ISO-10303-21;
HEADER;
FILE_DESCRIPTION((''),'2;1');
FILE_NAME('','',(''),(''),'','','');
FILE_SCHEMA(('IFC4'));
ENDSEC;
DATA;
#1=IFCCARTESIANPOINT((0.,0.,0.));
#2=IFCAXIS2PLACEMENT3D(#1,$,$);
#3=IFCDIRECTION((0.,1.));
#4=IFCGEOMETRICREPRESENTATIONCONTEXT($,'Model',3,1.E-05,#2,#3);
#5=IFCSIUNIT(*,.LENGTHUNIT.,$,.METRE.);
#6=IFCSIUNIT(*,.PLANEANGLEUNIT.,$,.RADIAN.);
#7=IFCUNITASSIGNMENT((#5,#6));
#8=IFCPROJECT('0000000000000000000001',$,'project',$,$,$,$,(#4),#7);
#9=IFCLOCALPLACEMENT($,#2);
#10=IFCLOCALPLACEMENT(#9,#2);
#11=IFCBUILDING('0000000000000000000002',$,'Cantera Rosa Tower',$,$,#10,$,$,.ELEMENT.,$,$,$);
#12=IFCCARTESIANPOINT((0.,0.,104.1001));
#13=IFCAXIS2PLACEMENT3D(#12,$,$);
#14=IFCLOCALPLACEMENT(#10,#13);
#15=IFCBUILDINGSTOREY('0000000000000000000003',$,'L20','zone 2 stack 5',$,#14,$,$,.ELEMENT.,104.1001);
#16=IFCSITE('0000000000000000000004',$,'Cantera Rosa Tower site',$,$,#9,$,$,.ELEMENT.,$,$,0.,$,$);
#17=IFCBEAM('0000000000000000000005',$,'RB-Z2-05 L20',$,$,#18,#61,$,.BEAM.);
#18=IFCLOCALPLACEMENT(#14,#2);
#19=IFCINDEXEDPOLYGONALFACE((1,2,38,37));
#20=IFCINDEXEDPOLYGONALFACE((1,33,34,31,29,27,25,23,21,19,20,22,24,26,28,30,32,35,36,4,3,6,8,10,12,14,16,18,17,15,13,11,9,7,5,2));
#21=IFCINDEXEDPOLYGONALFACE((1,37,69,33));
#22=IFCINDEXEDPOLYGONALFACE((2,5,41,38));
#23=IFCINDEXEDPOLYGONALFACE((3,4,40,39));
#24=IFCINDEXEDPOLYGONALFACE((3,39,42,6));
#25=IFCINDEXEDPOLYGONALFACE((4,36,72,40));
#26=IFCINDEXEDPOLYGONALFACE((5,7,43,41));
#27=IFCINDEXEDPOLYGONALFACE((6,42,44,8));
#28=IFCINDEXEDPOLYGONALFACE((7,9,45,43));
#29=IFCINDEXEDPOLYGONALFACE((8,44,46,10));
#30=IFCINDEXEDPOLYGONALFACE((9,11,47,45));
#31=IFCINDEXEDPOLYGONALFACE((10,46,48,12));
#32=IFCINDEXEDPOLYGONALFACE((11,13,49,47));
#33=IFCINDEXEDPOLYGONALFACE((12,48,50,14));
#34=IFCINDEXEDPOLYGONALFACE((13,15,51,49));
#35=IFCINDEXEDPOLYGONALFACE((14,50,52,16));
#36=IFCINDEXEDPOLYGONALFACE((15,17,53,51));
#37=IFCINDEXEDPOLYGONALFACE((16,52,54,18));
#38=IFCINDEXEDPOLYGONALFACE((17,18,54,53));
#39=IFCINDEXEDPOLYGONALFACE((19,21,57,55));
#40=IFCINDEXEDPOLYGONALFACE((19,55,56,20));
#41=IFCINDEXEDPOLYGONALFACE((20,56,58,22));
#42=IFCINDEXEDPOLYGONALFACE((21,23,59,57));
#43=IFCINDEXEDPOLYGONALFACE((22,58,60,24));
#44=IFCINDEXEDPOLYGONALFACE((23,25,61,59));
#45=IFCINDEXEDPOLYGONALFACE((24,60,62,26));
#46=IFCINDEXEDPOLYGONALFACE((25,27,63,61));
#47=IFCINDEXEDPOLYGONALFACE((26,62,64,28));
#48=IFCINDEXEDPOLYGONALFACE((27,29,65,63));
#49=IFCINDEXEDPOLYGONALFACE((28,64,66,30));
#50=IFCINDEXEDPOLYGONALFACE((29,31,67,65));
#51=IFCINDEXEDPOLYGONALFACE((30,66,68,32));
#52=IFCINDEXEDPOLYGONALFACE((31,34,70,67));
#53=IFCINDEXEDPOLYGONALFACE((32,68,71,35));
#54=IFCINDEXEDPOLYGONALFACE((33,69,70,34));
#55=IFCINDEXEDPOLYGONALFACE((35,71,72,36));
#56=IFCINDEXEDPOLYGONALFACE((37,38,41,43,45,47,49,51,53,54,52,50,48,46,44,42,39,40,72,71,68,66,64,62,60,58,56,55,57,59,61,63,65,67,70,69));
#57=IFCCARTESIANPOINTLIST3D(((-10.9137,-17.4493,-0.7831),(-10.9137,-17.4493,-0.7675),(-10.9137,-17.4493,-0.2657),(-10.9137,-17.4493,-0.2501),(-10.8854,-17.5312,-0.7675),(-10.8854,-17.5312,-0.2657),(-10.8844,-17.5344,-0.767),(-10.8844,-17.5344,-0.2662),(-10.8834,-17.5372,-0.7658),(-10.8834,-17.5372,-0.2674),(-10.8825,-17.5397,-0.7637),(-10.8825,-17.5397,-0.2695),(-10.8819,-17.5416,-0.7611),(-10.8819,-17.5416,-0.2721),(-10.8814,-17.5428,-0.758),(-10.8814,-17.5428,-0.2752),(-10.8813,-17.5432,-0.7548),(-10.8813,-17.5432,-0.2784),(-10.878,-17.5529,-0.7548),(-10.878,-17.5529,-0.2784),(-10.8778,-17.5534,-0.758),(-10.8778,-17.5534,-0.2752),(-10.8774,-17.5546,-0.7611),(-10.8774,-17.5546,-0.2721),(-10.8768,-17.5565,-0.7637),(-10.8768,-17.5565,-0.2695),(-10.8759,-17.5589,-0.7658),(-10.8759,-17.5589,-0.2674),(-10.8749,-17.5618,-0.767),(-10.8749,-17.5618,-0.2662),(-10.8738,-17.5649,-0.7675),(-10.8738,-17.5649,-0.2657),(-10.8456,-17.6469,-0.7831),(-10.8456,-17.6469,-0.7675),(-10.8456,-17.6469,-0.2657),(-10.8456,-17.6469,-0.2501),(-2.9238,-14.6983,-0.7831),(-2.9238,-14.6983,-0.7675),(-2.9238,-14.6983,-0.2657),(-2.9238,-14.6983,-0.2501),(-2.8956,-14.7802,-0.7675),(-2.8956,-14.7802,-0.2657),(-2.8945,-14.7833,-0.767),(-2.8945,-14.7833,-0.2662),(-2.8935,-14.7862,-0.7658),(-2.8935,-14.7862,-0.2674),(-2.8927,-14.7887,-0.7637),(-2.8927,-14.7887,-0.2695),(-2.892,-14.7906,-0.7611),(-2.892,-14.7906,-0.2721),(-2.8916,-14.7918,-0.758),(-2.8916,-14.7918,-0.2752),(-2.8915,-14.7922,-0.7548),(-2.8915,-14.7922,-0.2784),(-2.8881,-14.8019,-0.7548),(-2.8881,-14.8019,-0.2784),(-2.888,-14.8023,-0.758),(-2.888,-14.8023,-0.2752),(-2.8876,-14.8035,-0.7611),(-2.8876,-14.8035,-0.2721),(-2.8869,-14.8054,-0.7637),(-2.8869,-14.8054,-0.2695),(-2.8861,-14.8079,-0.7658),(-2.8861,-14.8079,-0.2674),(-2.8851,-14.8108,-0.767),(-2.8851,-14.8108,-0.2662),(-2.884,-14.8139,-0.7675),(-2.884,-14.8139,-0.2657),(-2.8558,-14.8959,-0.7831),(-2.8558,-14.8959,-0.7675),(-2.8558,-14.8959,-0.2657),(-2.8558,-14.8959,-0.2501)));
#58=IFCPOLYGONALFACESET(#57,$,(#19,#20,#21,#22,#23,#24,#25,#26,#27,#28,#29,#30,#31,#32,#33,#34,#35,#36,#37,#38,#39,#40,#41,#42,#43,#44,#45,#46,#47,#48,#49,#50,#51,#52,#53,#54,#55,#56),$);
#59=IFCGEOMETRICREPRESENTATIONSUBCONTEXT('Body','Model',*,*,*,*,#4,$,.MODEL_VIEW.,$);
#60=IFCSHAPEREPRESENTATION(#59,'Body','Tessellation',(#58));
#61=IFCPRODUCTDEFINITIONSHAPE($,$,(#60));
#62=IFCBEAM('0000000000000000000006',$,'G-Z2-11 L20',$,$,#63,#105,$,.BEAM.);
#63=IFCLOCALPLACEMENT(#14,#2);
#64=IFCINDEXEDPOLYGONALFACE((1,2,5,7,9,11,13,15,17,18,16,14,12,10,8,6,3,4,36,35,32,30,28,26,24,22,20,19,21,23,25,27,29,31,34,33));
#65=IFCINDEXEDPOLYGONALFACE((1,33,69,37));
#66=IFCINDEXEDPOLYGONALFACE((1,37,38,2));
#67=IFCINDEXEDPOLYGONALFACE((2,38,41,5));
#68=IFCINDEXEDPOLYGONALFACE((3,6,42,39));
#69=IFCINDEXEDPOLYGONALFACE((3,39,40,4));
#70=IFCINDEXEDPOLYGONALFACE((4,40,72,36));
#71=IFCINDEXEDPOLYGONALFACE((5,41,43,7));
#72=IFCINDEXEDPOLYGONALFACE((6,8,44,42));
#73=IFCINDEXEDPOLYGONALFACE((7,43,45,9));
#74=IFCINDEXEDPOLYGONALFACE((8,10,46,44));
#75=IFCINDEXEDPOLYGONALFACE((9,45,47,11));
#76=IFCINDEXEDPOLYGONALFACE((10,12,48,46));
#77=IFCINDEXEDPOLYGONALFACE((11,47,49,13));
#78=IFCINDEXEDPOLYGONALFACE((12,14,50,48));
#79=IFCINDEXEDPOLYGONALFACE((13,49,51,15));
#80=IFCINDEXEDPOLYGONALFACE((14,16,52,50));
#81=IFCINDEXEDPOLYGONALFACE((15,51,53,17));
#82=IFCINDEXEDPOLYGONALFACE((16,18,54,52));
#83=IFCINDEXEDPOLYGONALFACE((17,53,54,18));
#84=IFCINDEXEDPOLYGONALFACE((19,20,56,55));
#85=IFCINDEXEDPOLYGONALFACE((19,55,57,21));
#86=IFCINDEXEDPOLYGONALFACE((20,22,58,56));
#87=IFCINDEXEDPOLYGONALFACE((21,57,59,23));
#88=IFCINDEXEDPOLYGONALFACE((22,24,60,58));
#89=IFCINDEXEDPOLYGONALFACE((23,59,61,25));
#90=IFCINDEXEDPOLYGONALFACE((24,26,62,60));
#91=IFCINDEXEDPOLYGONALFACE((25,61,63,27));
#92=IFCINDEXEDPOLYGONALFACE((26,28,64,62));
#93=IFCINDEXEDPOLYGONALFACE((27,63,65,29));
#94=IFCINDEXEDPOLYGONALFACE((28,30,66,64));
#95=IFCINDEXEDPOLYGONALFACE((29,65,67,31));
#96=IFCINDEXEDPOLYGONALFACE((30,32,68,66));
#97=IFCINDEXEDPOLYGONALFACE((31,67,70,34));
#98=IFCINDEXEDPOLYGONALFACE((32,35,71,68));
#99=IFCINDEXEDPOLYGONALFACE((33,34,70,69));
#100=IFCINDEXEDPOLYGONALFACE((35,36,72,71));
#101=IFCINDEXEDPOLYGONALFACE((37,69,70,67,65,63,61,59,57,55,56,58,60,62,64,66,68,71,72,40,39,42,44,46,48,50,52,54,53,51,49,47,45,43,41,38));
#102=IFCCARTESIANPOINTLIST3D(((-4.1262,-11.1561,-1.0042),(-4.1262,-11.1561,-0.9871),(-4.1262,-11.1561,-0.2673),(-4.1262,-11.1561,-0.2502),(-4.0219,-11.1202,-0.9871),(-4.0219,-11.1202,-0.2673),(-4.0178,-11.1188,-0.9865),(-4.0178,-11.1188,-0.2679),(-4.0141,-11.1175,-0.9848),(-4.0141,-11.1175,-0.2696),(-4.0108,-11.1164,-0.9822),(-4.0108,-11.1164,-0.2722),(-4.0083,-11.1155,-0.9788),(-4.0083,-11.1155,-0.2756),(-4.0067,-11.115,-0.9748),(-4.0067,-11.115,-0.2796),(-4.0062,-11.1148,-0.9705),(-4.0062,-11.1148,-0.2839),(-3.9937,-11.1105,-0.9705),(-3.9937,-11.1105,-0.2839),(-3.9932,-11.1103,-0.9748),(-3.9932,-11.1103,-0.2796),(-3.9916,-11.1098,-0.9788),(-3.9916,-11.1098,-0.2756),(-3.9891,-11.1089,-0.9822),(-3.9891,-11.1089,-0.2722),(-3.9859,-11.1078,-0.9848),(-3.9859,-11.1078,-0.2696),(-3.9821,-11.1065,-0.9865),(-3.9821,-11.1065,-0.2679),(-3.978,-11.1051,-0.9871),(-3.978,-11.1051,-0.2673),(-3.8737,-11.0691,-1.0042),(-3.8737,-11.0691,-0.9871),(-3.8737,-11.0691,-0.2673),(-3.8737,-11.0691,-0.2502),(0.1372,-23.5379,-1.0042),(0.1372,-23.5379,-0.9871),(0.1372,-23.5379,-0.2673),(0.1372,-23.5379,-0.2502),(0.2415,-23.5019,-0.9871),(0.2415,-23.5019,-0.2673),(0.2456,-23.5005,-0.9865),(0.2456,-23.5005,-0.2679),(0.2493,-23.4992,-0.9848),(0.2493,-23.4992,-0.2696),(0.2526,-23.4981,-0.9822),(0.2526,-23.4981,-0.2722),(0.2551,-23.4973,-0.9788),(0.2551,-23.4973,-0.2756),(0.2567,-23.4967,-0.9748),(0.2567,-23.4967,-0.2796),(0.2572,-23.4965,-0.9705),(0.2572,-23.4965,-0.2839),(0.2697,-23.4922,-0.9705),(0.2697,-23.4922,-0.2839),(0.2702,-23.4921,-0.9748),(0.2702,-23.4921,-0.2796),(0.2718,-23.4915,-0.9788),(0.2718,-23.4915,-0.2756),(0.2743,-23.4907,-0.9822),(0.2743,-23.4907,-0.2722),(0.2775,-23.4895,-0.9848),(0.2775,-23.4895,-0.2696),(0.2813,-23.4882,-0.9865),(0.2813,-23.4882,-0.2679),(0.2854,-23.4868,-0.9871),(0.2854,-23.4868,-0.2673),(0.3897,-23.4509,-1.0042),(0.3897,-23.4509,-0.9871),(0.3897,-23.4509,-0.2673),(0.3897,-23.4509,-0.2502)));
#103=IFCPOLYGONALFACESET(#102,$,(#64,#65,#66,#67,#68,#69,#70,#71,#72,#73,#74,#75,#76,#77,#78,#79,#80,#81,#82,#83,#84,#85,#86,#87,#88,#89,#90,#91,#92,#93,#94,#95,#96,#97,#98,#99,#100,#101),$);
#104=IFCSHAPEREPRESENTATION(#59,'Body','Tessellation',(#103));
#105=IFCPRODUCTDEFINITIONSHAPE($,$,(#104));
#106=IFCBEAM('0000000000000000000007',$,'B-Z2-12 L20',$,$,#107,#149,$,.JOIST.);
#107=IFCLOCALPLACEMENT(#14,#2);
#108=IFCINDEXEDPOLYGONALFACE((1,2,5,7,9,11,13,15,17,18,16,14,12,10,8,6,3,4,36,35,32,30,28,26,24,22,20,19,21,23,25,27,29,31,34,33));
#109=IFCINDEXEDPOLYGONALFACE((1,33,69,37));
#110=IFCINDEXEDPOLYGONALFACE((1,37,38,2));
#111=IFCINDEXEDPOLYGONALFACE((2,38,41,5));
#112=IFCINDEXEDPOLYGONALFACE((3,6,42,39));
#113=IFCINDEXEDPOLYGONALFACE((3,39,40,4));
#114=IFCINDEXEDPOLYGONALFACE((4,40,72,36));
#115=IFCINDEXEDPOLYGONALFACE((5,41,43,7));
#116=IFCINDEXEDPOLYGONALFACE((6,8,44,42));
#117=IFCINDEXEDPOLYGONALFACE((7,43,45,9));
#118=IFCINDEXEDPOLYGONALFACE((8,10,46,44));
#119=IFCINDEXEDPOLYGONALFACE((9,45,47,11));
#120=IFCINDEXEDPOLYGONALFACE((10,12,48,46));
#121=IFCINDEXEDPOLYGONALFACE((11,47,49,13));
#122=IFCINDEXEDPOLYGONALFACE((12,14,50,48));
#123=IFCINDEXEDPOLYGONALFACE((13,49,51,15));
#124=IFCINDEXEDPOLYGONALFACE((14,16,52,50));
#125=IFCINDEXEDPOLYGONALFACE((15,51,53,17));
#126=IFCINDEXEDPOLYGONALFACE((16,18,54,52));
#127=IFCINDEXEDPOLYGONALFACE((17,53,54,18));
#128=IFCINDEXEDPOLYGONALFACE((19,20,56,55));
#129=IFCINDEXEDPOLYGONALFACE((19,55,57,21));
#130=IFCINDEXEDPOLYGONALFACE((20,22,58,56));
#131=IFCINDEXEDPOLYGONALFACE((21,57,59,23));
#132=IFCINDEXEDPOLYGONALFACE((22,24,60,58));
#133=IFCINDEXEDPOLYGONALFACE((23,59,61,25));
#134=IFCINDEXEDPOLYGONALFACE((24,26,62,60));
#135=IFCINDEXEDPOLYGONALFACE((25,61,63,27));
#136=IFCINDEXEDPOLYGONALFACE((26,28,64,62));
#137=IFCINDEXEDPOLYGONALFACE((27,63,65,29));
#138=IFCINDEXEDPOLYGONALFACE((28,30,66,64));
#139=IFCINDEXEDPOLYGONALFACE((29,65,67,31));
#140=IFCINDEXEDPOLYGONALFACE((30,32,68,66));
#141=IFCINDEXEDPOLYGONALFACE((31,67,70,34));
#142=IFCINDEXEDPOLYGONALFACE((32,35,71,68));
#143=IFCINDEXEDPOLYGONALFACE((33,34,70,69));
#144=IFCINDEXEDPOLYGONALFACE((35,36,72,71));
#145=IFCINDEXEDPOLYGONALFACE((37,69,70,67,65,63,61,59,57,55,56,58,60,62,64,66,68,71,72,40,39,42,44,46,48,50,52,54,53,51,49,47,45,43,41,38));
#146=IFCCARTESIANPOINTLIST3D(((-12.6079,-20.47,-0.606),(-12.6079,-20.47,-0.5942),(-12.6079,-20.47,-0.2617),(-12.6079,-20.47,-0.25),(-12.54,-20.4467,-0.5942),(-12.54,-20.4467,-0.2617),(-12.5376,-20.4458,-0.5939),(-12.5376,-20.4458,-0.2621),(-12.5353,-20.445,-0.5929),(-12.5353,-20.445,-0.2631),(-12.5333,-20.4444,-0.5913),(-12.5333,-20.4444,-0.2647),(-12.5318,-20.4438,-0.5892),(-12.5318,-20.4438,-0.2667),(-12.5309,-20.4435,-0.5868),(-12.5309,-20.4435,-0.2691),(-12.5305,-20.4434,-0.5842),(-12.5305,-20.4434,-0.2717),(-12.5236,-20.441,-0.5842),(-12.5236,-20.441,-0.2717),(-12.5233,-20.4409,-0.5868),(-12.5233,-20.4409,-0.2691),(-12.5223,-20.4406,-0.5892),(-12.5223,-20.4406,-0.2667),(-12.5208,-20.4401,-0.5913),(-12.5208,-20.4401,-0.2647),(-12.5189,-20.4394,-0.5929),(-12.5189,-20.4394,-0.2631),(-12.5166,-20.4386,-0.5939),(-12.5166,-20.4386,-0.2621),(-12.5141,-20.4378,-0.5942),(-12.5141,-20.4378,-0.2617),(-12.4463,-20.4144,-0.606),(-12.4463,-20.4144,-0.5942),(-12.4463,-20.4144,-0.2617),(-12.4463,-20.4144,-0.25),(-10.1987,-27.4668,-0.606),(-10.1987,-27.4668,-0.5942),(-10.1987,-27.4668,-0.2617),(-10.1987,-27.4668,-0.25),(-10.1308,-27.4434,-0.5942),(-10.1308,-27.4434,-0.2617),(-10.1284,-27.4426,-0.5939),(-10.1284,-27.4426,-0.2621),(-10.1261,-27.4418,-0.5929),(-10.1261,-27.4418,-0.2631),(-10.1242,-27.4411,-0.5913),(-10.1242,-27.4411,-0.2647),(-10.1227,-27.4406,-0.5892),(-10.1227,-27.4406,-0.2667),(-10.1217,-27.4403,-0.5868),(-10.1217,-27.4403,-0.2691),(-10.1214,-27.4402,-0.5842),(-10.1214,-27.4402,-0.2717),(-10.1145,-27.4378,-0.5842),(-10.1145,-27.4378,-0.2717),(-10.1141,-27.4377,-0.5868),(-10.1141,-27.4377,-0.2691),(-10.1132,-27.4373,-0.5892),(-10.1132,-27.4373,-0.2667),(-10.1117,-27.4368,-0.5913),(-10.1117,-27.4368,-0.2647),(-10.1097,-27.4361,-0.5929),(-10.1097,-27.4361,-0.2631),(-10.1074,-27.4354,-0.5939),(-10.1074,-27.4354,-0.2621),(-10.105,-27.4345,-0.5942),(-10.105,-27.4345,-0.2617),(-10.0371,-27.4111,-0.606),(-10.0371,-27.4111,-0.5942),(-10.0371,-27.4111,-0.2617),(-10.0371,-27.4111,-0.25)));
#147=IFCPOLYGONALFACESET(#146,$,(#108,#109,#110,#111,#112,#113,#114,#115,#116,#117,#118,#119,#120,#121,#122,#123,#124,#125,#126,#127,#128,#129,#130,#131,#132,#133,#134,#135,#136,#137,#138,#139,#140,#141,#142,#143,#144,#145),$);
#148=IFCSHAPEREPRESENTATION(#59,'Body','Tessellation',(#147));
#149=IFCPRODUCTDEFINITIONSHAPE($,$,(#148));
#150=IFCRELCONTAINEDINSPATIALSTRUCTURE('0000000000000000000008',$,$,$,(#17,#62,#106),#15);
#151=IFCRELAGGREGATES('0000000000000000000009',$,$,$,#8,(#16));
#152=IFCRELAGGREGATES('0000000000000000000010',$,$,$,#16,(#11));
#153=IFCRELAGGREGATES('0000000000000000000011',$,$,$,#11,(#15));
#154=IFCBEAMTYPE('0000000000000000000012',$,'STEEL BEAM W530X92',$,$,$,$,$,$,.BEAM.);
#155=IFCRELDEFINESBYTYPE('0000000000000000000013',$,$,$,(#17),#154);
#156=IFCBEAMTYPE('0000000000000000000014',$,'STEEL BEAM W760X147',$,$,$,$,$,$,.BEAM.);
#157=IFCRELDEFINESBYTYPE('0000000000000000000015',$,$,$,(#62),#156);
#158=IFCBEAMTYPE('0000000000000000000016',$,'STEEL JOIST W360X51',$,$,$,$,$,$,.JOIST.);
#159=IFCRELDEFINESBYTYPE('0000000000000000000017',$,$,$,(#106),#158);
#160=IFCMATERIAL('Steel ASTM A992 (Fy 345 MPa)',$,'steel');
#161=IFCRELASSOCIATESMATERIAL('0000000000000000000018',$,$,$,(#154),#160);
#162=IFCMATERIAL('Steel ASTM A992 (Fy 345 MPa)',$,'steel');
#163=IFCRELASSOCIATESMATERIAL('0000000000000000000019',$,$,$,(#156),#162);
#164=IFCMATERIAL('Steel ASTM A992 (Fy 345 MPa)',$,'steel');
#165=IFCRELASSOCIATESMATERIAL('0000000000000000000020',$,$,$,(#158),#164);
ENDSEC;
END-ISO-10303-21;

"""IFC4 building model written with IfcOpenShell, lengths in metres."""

from ifc_helpers import new_model, si_unit, direction, frame, origin, origin_2d, place, context, subcontext, project, spatial, i_section, extrude, material, material_profile, profile_set, type_object, element, save


model = new_model("IFC4")

# Units and contexts
model_context = context("Model", 3, precision=1e-05, world=origin(), true_north=direction((0.0, 1.0)))
body_context = subcontext(model_context, "Body", "Model", "MODEL_VIEW")
ifc_project = project(units=[si_unit("LENGTHUNIT", "METRE"), si_unit("PLANEANGLEUNIT", "RADIAN")], contexts=[model_context])

# Site, building, storey
site_placement = place(None, origin())
site = spatial("IfcSite", under=ifc_project, at=site_placement, Name="Cantera Rosa Tower site", CompositionType="ELEMENT", RefElevation=0.0)
building_placement = place(site_placement, origin())
building = spatial("IfcBuilding", under=site, at=building_placement, Name="Cantera Rosa Tower", CompositionType="ELEMENT")
storey_placement = place(building_placement, frame((0.0, 0.0, 104.1001)))
storey = spatial("IfcBuildingStorey", under=building, at=storey_placement, Name="L20", Description="zone 2 stack 5", CompositionType="ELEMENT", Elevation=104.1001)

# Beams
ifc_material_1 = material(Name="Steel ASTM A992 (Fy 345 MPa)", Category="steel")
ifc_material_profile_1 = material_profile(ifc_material_1, i_section(OverallWidth=0.209, OverallDepth=0.533, WebThickness=0.0103, FlangeThickness=0.0156, FilletRadius=0.0127, at=origin_2d()), Name="W530X92")
ifc_profile_set_1 = profile_set([ifc_material_profile_1], Name="Steel ASTM A992 (Fy 345 MPa)")
beam_type_1 = type_object("IfcBeamType", Name="STEEL BEAM W530X92", PredefinedType="BEAM", material=ifc_profile_set_1)
beam_1_placement = place(storey_placement, frame((-10.8796, -17.5481, -0.5166), z_axis=(0.945523, 0.325556, 0.0), x_axis=(-0.325556, 0.945523, 0.0)))
element("IfcBeam", 1, at=beam_1_placement, inside=storey, type_object=beam_type_1, Name="RB-Z2-05 L20", PredefinedType="BEAM", context=body_context, shape_type="SweptSolid", body=[
    extrude(i_section(OverallWidth=0.209, OverallDepth=0.533, WebThickness=0.0103, FlangeThickness=0.0156, FilletRadius=0.0127, at=origin_2d()), origin(), (0.0, 0.0, 1.0), 8.4502),
])
ifc_material_2 = material(Name="Steel ASTM A992 (Fy 345 MPa)", Category="steel")
ifc_material_profile_2 = material_profile(ifc_material_2, i_section(OverallWidth=0.2671, OverallDepth=0.7539, WebThickness=0.0132, FlangeThickness=0.0171, FilletRadius=0.0166, at=origin_2d()), Name="W760X147")
ifc_profile_set_2 = profile_set([ifc_material_profile_2], Name="Steel ASTM A992 (Fy 345 MPa)")
beam_type_2 = type_object("IfcBeamType", Name="STEEL BEAM W760X147", PredefinedType="BEAM", material=ifc_profile_set_2)
beam_2_placement = place(storey_placement, frame((0.2634, -23.4944, -0.6272), z_axis=(-0.32557, 0.945518, 0.0), x_axis=(-0.945518, -0.32557, 0.0)))
element("IfcBeam", 2, at=beam_2_placement, inside=storey, type_object=beam_type_2, Name="G-Z2-11 L20", PredefinedType="BEAM", context=body_context, shape_type="SweptSolid", body=[
    extrude(i_section(OverallWidth=0.2671, OverallDepth=0.7539, WebThickness=0.0132, FlangeThickness=0.0171, FilletRadius=0.0166, at=origin_2d()), origin(), (0.0, 0.0, 1.0), 13.0952),
])
ifc_material_3 = material(Name="Steel ASTM A992 (Fy 345 MPa)", Category="steel")
ifc_material_profile_3 = material_profile(ifc_material_3, i_section(OverallWidth=0.1709, OverallDepth=0.356, WebThickness=0.0073, FlangeThickness=0.0117, FilletRadius=0.01, at=origin_2d()), Name="W360X51")
ifc_profile_set_3 = profile_set([ifc_material_profile_3], Name="Steel ASTM A992 (Fy 345 MPa)")
beam_type_3 = type_object("IfcBeamType", Name="STEEL JOIST W360X51", PredefinedType="JOIST", material=ifc_profile_set_3)
beam_3_placement = place(storey_placement, frame((-10.1179, -27.439, -0.428), z_axis=(-0.325566, 0.945519, 0.0), x_axis=(-0.945519, -0.325566, 0.0)))
element("IfcBeam", 3, at=beam_3_placement, inside=storey, type_object=beam_type_3, Name="B-Z2-12 L20", PredefinedType="JOIST", context=body_context, shape_type="SweptSolid", body=[
    extrude(i_section(OverallWidth=0.1709, OverallDepth=0.356, WebThickness=0.0073, FlangeThickness=0.0117, FilletRadius=0.01, at=origin_2d()), origin(), (0.0, 0.0, 1.0), 7.3999),
])

save(model, "model.ifc")
